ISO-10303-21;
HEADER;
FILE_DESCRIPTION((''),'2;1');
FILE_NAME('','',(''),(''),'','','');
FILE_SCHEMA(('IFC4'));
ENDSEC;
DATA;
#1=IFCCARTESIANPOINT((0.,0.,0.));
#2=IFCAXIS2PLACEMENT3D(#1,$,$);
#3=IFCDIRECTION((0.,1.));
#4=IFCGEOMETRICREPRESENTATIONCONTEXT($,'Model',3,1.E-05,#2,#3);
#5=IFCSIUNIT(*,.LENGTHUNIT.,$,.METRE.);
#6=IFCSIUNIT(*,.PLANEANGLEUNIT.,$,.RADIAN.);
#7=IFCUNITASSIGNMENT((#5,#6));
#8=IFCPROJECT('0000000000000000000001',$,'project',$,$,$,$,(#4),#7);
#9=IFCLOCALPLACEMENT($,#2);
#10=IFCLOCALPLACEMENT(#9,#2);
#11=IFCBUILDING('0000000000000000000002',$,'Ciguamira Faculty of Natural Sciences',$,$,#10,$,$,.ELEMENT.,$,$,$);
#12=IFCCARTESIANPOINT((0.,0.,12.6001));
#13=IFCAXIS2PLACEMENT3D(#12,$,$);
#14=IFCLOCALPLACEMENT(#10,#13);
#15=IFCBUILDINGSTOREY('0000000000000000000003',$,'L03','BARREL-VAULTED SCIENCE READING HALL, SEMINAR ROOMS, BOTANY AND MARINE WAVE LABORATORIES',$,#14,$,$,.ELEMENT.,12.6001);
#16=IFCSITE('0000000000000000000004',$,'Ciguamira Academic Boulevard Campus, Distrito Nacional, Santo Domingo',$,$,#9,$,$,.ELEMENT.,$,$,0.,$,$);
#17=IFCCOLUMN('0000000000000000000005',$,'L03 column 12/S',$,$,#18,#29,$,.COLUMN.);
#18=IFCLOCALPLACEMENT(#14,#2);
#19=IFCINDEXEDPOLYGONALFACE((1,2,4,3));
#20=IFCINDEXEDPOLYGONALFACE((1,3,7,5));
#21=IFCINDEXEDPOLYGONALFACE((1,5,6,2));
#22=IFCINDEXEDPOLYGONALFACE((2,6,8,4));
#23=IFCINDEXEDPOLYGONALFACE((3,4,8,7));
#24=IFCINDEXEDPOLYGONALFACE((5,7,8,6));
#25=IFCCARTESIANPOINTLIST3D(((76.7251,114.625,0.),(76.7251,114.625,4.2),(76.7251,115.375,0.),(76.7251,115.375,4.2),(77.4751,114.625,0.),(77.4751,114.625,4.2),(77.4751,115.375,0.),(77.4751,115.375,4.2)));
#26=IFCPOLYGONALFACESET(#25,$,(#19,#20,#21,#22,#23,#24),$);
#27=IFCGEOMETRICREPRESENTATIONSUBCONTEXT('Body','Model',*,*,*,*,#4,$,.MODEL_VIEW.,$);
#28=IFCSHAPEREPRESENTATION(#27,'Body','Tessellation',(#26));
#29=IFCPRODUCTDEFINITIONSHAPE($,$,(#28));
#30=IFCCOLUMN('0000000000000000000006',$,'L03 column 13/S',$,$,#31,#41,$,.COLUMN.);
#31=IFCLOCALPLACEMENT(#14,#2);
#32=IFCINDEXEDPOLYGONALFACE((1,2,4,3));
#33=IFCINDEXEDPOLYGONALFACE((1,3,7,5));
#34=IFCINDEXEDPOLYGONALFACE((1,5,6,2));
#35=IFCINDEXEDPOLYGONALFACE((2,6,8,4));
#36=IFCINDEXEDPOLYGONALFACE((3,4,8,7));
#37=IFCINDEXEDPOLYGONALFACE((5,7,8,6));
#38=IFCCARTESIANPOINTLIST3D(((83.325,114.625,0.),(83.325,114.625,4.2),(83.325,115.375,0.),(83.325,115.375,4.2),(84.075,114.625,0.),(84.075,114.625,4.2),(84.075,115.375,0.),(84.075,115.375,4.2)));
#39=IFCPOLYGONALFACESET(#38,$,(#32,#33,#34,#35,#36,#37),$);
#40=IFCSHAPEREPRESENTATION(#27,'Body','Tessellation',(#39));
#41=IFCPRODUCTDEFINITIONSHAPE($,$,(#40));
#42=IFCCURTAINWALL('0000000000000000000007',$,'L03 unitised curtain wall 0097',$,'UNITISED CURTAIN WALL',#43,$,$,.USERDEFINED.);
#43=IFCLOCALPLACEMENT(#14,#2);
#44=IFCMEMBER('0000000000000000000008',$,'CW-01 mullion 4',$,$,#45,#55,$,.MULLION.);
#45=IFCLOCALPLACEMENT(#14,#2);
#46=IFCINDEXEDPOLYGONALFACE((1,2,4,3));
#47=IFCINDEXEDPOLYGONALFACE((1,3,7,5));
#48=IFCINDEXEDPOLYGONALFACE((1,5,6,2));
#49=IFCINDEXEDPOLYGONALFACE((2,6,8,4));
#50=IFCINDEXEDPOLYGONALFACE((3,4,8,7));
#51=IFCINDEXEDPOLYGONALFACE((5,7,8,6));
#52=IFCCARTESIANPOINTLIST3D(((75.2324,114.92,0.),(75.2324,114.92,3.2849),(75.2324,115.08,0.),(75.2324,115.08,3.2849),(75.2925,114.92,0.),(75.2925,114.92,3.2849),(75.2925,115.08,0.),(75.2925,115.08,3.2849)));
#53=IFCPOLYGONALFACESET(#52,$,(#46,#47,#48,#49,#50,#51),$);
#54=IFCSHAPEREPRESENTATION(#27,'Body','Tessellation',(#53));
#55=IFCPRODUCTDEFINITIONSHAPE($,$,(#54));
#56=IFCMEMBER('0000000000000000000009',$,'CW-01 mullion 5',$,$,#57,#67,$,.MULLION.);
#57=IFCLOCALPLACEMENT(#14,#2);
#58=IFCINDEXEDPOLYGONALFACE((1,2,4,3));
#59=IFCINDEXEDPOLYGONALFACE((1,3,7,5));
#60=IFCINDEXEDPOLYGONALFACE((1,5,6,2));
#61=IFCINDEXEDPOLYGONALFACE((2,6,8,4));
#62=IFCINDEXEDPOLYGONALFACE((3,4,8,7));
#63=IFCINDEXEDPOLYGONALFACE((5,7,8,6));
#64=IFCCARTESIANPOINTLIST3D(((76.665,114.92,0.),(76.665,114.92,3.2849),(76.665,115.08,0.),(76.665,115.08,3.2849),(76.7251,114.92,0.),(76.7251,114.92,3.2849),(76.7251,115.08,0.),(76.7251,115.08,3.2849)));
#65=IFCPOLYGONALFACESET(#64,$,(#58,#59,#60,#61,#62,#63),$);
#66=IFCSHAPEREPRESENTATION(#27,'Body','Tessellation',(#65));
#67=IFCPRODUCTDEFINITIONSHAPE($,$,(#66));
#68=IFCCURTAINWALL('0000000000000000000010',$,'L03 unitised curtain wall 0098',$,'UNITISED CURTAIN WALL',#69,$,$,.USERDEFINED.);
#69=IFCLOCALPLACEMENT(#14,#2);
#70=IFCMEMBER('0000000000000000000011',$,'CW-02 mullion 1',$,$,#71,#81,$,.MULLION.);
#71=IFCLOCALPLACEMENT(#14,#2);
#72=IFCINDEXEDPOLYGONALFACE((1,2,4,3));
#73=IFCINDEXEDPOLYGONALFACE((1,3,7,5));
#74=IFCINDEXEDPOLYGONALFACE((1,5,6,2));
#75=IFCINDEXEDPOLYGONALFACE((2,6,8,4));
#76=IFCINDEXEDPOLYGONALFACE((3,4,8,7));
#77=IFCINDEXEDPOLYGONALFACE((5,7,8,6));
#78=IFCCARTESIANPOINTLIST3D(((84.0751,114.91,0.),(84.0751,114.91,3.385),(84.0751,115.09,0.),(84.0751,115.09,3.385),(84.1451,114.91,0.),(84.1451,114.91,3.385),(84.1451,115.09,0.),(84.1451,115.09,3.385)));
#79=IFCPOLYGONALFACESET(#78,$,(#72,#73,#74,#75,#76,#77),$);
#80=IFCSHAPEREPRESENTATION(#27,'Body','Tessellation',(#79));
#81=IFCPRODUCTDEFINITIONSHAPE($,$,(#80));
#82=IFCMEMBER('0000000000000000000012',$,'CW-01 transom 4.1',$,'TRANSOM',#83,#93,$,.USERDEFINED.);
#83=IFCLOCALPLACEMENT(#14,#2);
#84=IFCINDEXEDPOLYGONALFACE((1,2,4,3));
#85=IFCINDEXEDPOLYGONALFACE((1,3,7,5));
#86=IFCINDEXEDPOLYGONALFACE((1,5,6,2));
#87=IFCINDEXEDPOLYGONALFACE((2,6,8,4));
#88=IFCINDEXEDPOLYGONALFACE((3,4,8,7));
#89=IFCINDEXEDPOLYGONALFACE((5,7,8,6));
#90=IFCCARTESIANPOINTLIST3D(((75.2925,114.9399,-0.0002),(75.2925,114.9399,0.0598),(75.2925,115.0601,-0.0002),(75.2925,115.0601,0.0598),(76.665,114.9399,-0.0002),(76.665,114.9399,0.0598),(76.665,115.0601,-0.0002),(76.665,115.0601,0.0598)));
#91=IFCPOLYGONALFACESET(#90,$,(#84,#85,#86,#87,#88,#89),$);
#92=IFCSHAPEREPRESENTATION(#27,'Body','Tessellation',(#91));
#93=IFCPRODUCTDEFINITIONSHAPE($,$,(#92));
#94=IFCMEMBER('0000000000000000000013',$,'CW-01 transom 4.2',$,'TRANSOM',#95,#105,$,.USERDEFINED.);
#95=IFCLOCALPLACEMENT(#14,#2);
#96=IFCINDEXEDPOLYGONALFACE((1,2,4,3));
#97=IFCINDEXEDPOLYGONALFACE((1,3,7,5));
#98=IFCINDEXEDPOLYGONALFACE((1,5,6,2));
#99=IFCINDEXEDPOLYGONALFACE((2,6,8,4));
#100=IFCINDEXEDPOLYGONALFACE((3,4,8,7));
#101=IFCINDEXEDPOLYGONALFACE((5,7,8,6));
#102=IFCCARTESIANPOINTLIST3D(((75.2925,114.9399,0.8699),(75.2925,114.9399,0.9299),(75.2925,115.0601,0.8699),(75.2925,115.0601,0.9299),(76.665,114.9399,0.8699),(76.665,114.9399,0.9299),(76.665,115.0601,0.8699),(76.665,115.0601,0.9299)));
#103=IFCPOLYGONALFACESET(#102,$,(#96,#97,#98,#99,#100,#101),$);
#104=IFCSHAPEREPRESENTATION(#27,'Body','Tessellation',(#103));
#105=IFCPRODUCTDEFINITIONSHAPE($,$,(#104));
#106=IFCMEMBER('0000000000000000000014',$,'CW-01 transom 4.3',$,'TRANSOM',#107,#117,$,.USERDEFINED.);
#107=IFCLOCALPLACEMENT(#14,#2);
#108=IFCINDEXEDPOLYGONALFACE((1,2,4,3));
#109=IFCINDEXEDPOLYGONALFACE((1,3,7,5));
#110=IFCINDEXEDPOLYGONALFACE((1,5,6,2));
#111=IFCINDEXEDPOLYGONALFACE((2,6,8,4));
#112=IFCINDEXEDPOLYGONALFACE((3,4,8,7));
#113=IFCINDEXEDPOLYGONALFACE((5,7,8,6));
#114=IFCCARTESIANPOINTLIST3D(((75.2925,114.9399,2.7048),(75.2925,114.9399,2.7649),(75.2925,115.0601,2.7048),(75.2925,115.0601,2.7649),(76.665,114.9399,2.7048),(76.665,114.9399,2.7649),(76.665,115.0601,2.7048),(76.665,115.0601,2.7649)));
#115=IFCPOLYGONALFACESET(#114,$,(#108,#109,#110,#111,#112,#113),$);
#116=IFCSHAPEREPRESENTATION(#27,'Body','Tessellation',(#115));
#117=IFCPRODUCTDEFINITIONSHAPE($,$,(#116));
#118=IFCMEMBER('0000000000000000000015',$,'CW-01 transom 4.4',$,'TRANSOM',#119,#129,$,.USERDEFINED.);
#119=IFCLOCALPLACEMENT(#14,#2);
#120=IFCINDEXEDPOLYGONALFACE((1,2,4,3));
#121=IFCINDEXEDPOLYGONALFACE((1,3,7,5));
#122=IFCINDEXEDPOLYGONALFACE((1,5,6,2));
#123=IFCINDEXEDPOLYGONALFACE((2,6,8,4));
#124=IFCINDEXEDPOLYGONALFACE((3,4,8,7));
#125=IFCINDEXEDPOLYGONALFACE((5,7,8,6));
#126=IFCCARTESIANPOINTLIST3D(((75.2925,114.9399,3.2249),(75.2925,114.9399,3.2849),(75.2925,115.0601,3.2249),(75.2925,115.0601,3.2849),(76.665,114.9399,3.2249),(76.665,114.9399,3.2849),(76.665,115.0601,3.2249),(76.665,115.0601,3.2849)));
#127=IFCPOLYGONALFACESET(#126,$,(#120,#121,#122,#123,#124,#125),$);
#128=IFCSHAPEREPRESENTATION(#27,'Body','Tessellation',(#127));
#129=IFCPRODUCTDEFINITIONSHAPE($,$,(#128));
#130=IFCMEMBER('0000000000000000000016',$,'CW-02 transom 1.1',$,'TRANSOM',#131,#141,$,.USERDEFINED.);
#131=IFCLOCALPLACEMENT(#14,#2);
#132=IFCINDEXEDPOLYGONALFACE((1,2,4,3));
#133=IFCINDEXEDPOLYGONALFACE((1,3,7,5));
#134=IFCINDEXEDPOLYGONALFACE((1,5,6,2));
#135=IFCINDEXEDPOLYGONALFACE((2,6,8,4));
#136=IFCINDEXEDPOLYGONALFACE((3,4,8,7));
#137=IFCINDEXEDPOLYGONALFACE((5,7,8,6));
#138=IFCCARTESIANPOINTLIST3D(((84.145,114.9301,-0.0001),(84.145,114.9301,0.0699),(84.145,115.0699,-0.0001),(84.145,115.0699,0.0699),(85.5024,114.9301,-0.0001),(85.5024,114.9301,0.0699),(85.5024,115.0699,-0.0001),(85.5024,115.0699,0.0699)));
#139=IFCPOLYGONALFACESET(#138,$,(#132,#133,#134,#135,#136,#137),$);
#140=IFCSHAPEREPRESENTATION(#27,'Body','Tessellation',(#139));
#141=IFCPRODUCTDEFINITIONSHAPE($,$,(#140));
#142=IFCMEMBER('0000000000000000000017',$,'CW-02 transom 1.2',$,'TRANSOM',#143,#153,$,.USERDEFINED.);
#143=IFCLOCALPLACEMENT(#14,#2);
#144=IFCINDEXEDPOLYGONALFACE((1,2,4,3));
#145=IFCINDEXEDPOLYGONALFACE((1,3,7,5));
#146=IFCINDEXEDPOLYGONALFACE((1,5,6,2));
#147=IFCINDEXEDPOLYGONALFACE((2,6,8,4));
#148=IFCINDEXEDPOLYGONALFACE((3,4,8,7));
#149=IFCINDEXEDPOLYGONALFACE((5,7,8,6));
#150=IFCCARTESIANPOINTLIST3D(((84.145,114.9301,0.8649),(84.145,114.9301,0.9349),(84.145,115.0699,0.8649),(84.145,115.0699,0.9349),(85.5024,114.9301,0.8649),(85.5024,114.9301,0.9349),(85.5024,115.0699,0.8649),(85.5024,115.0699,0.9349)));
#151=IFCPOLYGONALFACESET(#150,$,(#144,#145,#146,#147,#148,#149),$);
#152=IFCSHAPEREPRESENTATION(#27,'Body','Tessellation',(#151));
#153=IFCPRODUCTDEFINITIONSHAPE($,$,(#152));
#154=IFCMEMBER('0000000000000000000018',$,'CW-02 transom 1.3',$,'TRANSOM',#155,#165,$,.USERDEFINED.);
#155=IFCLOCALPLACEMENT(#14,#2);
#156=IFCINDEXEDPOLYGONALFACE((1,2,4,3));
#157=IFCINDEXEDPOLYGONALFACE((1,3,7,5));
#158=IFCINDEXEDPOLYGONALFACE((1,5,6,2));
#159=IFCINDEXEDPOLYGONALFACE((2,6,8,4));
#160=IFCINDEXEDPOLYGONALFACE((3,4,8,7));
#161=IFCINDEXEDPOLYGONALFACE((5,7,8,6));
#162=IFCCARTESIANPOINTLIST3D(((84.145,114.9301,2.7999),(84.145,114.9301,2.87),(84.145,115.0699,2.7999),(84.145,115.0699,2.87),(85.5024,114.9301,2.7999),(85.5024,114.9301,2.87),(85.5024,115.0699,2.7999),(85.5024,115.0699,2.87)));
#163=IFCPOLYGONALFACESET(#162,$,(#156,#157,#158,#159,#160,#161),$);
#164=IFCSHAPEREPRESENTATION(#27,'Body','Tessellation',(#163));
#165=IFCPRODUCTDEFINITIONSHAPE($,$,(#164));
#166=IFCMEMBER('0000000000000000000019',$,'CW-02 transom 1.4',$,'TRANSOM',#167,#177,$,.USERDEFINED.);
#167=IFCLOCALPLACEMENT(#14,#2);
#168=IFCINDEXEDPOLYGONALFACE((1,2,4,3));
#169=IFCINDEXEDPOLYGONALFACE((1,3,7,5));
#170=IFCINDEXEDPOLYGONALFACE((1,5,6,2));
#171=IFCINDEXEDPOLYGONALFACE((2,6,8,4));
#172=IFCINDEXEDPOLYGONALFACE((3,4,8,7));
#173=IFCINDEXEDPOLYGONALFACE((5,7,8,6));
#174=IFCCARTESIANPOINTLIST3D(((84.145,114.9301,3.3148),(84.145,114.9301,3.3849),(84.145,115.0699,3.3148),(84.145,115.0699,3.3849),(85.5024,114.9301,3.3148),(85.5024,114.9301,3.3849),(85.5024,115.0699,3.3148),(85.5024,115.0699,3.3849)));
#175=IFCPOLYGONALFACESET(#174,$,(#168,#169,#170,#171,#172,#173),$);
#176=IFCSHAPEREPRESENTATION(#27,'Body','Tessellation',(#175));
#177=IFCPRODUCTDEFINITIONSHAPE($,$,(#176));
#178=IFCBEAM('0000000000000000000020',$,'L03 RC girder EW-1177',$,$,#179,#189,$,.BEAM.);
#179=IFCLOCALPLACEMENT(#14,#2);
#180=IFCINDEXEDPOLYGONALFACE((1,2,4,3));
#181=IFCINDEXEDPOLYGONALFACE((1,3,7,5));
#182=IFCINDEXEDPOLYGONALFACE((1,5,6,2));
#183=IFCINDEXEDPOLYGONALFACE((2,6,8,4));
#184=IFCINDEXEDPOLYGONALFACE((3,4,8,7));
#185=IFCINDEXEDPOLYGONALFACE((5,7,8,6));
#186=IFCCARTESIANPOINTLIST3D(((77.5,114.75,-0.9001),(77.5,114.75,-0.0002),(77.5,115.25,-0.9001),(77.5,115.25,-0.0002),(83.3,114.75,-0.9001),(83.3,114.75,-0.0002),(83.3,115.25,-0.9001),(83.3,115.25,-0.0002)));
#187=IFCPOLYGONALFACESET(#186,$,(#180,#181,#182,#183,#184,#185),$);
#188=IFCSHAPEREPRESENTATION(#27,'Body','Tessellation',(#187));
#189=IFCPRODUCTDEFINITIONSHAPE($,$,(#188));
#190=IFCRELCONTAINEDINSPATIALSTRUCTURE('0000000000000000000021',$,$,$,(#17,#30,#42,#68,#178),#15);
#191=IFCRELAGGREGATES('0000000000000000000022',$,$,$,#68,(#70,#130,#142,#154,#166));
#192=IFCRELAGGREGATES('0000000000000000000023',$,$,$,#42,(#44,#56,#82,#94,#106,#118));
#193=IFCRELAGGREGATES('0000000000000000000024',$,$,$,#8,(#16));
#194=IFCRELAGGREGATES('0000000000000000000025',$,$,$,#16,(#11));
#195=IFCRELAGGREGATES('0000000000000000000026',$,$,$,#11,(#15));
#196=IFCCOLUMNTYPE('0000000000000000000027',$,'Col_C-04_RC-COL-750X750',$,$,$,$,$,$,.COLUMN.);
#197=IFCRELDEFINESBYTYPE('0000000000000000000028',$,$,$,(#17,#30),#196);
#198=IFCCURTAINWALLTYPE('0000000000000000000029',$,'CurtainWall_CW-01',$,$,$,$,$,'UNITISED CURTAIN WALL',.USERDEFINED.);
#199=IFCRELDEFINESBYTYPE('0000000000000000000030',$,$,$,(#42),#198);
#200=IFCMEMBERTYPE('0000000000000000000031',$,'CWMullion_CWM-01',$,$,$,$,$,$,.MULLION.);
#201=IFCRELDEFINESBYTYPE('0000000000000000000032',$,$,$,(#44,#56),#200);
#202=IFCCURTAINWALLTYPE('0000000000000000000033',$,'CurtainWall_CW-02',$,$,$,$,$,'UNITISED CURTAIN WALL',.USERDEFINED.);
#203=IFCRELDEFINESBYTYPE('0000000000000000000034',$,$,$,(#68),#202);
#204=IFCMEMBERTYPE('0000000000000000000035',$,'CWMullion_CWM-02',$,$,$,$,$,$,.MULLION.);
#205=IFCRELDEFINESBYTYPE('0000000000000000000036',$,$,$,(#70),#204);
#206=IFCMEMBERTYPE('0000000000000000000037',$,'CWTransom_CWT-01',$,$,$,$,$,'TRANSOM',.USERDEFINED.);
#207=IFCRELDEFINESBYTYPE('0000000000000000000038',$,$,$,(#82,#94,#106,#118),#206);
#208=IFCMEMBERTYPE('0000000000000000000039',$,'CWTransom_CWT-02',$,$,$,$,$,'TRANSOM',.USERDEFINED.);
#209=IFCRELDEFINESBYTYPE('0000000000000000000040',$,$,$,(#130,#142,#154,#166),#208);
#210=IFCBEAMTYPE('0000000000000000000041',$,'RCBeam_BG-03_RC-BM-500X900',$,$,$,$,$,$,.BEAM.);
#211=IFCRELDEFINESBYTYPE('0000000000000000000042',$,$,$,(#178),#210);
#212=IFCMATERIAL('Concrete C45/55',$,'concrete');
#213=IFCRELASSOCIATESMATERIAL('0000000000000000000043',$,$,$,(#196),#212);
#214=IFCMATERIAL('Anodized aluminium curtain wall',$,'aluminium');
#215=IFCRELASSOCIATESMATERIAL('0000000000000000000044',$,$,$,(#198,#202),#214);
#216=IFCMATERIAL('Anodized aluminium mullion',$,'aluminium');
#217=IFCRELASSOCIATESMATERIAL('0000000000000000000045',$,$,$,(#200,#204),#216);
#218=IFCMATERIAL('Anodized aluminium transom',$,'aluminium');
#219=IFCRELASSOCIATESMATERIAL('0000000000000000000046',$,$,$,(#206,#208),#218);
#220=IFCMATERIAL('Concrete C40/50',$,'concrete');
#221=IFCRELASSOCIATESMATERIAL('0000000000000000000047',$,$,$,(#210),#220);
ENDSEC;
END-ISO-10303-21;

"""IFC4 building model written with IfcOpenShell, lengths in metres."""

from ifc_helpers import new_model, si_unit, direction, frame, origin, origin_2d, place, context, subcontext, project, spatial, rectangle, extrude, material, material_profile, profile_set, type_object, element, aggregate, save


model = new_model("IFC4")

# Units and contexts
model_context = context("Model", 3, precision=1e-05, world=origin(), true_north=direction((0.0, 1.0)))
body_context = subcontext(model_context, "Body", "Model", "MODEL_VIEW")
ifc_project = project(units=[si_unit("LENGTHUNIT", "METRE"), si_unit("PLANEANGLEUNIT", "RADIAN")], contexts=[model_context])

# Site, building, storey
site_placement = place(None, origin())
site = spatial("IfcSite", under=ifc_project, at=site_placement, Name="Ciguamira Academic Boulevard Campus, Distrito Nacional, Santo Domingo", CompositionType="ELEMENT", RefElevation=0.0)
building_placement = place(site_placement, origin())
building = spatial("IfcBuilding", under=site, at=building_placement, Name="Ciguamira Faculty of Natural Sciences", CompositionType="ELEMENT")
storey_placement = place(building_placement, frame((0.0, 0.0, 12.6001)))
storey = spatial("IfcBuildingStorey", under=building, at=storey_placement, Name="L03", Description="BARREL-VAULTED SCIENCE READING HALL, SEMINAR ROOMS, BOTANY AND MARINE WAVE LABORATORIES", CompositionType="ELEMENT", Elevation=12.6001)

# Columns
ifc_material_1 = material(Name="Concrete C45/55", Category="concrete")
ifc_material_profile_1 = material_profile(ifc_material_1, rectangle(XDim=0.75, YDim=0.75, at=origin_2d()), Name="RC-COL-750X750")
ifc_profile_set_1 = profile_set([ifc_material_profile_1], Name="Concrete C45/55")
column_type = type_object("IfcColumnType", Name="Col_C-04_RC-COL-750X750", PredefinedType="COLUMN", material=ifc_profile_set_1)
for number, where, z_axis, x_axis, name in (
    (1, (77.1001, 115.0, 0.0), (0.0, 0.0, 1.0), (1.0, 0.0, 0.0), "L03 column 12/S"),
    (2, (83.7, 115.0, 0.0), (0.0, 0.0, 1.0), (1.0, 0.0, 0.0), "L03 column 13/S"),
):
    element("IfcColumn", number, at=place(storey_placement, frame(where, z_axis=z_axis, x_axis=x_axis)), inside=storey, type_object=column_type, Name=name, PredefinedType="COLUMN", context=body_context, shape_type="SweptSolid", body=[
        extrude(rectangle(XDim=0.75, YDim=0.75, at=origin_2d()), origin(), (0.0, 0.0, 1.0), 4.2),
    ])

# Curtain wall, members
ifc_material_2 = material(Name="Anodized aluminium curtain wall", Category="aluminium")
curtain_wall_type_1 = type_object("IfcCurtainWallType", Name="CurtainWall_CW-01", ElementType="UNITISED CURTAIN WALL", PredefinedType="USERDEFINED", material=ifc_material_2)
curtain_wall_1_placement = place(storey_placement, origin())
curtain_wall_1 = element("IfcCurtainWall", 3, at=curtain_wall_1_placement, inside=storey, type_object=curtain_wall_type_1, Name="L03 unitised curtain wall 0097", ObjectType="UNITISED CURTAIN WALL", PredefinedType="USERDEFINED")
ifc_material_3 = material(Name="Anodized aluminium mullion", Category="aluminium")
ifc_material_profile_2 = material_profile(ifc_material_3, rectangle(XDim=0.0601, YDim=0.1599, at=origin_2d()), Name="ALU-MUL-60X160")
ifc_profile_set_2 = profile_set([ifc_material_profile_2], Name="Anodized aluminium mullion")
member_type_1 = type_object("IfcMemberType", Name="CWMullion_CWM-01", PredefinedType="MULLION", material=ifc_profile_set_2)
member_1_placement = place(storey_placement, frame((75.2625, 115.0, 0.0), z_axis=(0.0, 0.0, 1.0), x_axis=(1.0, 0.0, 0.0)))
member_1 = element("IfcMember", 4, at=member_1_placement, type_object=member_type_1, Name="CW-01 mullion 4", PredefinedType="MULLION", context=body_context, shape_type="SweptSolid", body=[
    extrude(rectangle(XDim=0.0601, YDim=0.1599, at=origin_2d()), origin(), (0.0, 0.0, 1.0), 3.2849),
])
member_2_placement = place(storey_placement, frame((76.6951, 115.0, 0.0), z_axis=(0.0, 0.0, 1.0), x_axis=(1.0, 0.0, 0.0)))
member_2 = element("IfcMember", 5, at=member_2_placement, type_object=member_type_1, Name="CW-01 mullion 5", PredefinedType="MULLION", context=body_context, shape_type="SweptSolid", body=[
    extrude(rectangle(XDim=0.0601, YDim=0.1599, at=origin_2d()), origin(), (0.0, 0.0, 1.0), 3.2849),
])

# Curtain wall, member
curtain_wall_type_2 = type_object("IfcCurtainWallType", Name="CurtainWall_CW-02", ElementType="UNITISED CURTAIN WALL", PredefinedType="USERDEFINED", material=ifc_material_2)
curtain_wall_2_placement = place(storey_placement, origin())
curtain_wall_2 = element("IfcCurtainWall", 6, at=curtain_wall_2_placement, inside=storey, type_object=curtain_wall_type_2, Name="L03 unitised curtain wall 0098", ObjectType="UNITISED CURTAIN WALL", PredefinedType="USERDEFINED")
ifc_material_profile_3 = material_profile(ifc_material_3, rectangle(XDim=0.0701, YDim=0.1799, at=origin_2d()), Name="ALU-MUL-70X180")
ifc_profile_set_3 = profile_set([ifc_material_profile_3], Name="Anodized aluminium mullion")
member_type_2 = type_object("IfcMemberType", Name="CWMullion_CWM-02", PredefinedType="MULLION", material=ifc_profile_set_3)
member_3_placement = place(storey_placement, frame((84.1101, 115.0, 0.0), z_axis=(0.0, 0.0, 1.0), x_axis=(1.0, 0.0, 0.0)))
member_3 = element("IfcMember", 7, at=member_3_placement, type_object=member_type_2, Name="CW-02 mullion 1", PredefinedType="MULLION", context=body_context, shape_type="SweptSolid", body=[
    extrude(rectangle(XDim=0.0701, YDim=0.1799, at=origin_2d()), origin(), (0.0, 0.0, 1.0), 3.385),
])

# Members
ifc_material_4 = material(Name="Anodized aluminium transom", Category="aluminium")
ifc_material_profile_4 = material_profile(ifc_material_4, rectangle(XDim=0.0601, YDim=0.1201, at=origin_2d()), Name="ALU-TRN-60X120")
ifc_profile_set_4 = profile_set([ifc_material_profile_4], Name="Anodized aluminium transom")
member_type_3 = type_object("IfcMemberType", Name="CWTransom_CWT-01", ElementType="TRANSOM", PredefinedType="USERDEFINED", material=ifc_profile_set_4)
member_4_placement = place(storey_placement, frame((75.2925, 115.0, 0.0298), z_axis=(1.0, 0.0, 0.0), x_axis=(0.0, 0.0, 1.0)))
member_4 = element("IfcMember", 8, at=member_4_placement, type_object=member_type_3, Name="CW-01 transom 4.1", ObjectType="TRANSOM", PredefinedType="USERDEFINED", context=body_context, shape_type="SweptSolid", body=[
    extrude(rectangle(XDim=0.0601, YDim=0.1201, at=origin_2d()), origin(), (0.0, 0.0, 1.0), 1.3726),
])
member_5_placement = place(storey_placement, frame((75.2925, 115.0, 0.8999), z_axis=(1.0, 0.0, 0.0), x_axis=(0.0, 0.0, 1.0)))
member_5 = element("IfcMember", 9, at=member_5_placement, type_object=member_type_3, Name="CW-01 transom 4.2", ObjectType="TRANSOM", PredefinedType="USERDEFINED", context=body_context, shape_type="SweptSolid", body=[
    extrude(rectangle(XDim=0.0601, YDim=0.1201, at=origin_2d()), origin(), (0.0, 0.0, 1.0), 1.3726),
])
member_6_placement = place(storey_placement, frame((75.2925, 115.0, 2.7349), z_axis=(1.0, 0.0, 0.0), x_axis=(0.0, 0.0, 1.0)))
member_6 = element("IfcMember", 10, at=member_6_placement, type_object=member_type_3, Name="CW-01 transom 4.3", ObjectType="TRANSOM", PredefinedType="USERDEFINED", context=body_context, shape_type="SweptSolid", body=[
    extrude(rectangle(XDim=0.0601, YDim=0.1201, at=origin_2d()), origin(), (0.0, 0.0, 1.0), 1.3726),
])
member_7_placement = place(storey_placement, frame((75.2925, 115.0, 3.2549), z_axis=(1.0, 0.0, 0.0), x_axis=(0.0, 0.0, 1.0)))
member_7 = element("IfcMember", 11, at=member_7_placement, type_object=member_type_3, Name="CW-01 transom 4.4", ObjectType="TRANSOM", PredefinedType="USERDEFINED", context=body_context, shape_type="SweptSolid", body=[
    extrude(rectangle(XDim=0.0601, YDim=0.1201, at=origin_2d()), origin(), (0.0, 0.0, 1.0), 1.3726),
])
ifc_material_profile_5 = material_profile(ifc_material_4, rectangle(XDim=0.0701, YDim=0.1399, at=origin_2d()), Name="ALU-TRN-70X140")
ifc_profile_set_5 = profile_set([ifc_material_profile_5], Name="Anodized aluminium transom")
member_type_4 = type_object("IfcMemberType", Name="CWTransom_CWT-02", ElementType="TRANSOM", PredefinedType="USERDEFINED", material=ifc_profile_set_5)
member_8_placement = place(storey_placement, frame((84.145, 115.0, 0.0349), z_axis=(1.0, 0.0, 0.0), x_axis=(0.0, 0.0, 1.0)))
member_8 = element("IfcMember", 12, at=member_8_placement, type_object=member_type_4, Name="CW-02 transom 1.1", ObjectType="TRANSOM", PredefinedType="USERDEFINED", context=body_context, shape_type="SweptSolid", body=[
    extrude(rectangle(XDim=0.0701, YDim=0.1399, at=origin_2d()), origin(), (0.0, 0.0, 1.0), 1.3574),
])
member_9_placement = place(storey_placement, frame((84.145, 115.0, 0.8999), z_axis=(1.0, 0.0, 0.0), x_axis=(0.0, 0.0, 1.0)))
member_9 = element("IfcMember", 13, at=member_9_placement, type_object=member_type_4, Name="CW-02 transom 1.2", ObjectType="TRANSOM", PredefinedType="USERDEFINED", context=body_context, shape_type="SweptSolid", body=[
    extrude(rectangle(XDim=0.0701, YDim=0.1399, at=origin_2d()), origin(), (0.0, 0.0, 1.0), 1.3574),
])
member_10_placement = place(storey_placement, frame((84.145, 115.0, 2.835), z_axis=(1.0, 0.0, 0.0), x_axis=(0.0, 0.0, 1.0)))
member_10 = element("IfcMember", 14, at=member_10_placement, type_object=member_type_4, Name="CW-02 transom 1.3", ObjectType="TRANSOM", PredefinedType="USERDEFINED", context=body_context, shape_type="SweptSolid", body=[
    extrude(rectangle(XDim=0.0701, YDim=0.1399, at=origin_2d()), origin(), (0.0, 0.0, 1.0), 1.3574),
])
member_11_placement = place(storey_placement, frame((84.145, 115.0, 3.3499), z_axis=(1.0, 0.0, 0.0), x_axis=(0.0, 0.0, 1.0)))
member_11 = element("IfcMember", 15, at=member_11_placement, type_object=member_type_4, Name="CW-02 transom 1.4", ObjectType="TRANSOM", PredefinedType="USERDEFINED", context=body_context, shape_type="SweptSolid", body=[
    extrude(rectangle(XDim=0.0701, YDim=0.1399, at=origin_2d()), origin(), (0.0, 0.0, 1.0), 1.3574),
])
aggregate(curtain_wall_2, [member_3, member_8, member_9, member_10, member_11])

# Beam
ifc_material_5 = material(Name="Concrete C40/50", Category="concrete")
ifc_material_profile_6 = material_profile(ifc_material_5, rectangle(XDim=0.5, YDim=0.8999, at=origin_2d()), Name="RC-BM-500X900")
ifc_profile_set_6 = profile_set([ifc_material_profile_6], Name="Concrete C40/50")
beam_type_1 = type_object("IfcBeamType", Name="RCBeam_BG-03_RC-BM-500X900", PredefinedType="BEAM", material=ifc_profile_set_6)
beam_1_placement = place(storey_placement, frame((77.5, 115.0, -0.4502), z_axis=(1.0, 0.0, 0.0), x_axis=(0.0, 1.0, 0.0)))
element("IfcBeam", 16, at=beam_1_placement, inside=storey, type_object=beam_type_1, Name="L03 RC girder EW-1177", PredefinedType="BEAM", context=body_context, shape_type="SweptSolid", body=[
    extrude(rectangle(XDim=0.5, YDim=0.8999, at=origin_2d()), origin(), (0.0, 0.0, 1.0), 5.8),
])

aggregate(curtain_wall_1, [member_1, member_2, member_4, member_5, member_6, member_7])

save(model, "model.ifc")
